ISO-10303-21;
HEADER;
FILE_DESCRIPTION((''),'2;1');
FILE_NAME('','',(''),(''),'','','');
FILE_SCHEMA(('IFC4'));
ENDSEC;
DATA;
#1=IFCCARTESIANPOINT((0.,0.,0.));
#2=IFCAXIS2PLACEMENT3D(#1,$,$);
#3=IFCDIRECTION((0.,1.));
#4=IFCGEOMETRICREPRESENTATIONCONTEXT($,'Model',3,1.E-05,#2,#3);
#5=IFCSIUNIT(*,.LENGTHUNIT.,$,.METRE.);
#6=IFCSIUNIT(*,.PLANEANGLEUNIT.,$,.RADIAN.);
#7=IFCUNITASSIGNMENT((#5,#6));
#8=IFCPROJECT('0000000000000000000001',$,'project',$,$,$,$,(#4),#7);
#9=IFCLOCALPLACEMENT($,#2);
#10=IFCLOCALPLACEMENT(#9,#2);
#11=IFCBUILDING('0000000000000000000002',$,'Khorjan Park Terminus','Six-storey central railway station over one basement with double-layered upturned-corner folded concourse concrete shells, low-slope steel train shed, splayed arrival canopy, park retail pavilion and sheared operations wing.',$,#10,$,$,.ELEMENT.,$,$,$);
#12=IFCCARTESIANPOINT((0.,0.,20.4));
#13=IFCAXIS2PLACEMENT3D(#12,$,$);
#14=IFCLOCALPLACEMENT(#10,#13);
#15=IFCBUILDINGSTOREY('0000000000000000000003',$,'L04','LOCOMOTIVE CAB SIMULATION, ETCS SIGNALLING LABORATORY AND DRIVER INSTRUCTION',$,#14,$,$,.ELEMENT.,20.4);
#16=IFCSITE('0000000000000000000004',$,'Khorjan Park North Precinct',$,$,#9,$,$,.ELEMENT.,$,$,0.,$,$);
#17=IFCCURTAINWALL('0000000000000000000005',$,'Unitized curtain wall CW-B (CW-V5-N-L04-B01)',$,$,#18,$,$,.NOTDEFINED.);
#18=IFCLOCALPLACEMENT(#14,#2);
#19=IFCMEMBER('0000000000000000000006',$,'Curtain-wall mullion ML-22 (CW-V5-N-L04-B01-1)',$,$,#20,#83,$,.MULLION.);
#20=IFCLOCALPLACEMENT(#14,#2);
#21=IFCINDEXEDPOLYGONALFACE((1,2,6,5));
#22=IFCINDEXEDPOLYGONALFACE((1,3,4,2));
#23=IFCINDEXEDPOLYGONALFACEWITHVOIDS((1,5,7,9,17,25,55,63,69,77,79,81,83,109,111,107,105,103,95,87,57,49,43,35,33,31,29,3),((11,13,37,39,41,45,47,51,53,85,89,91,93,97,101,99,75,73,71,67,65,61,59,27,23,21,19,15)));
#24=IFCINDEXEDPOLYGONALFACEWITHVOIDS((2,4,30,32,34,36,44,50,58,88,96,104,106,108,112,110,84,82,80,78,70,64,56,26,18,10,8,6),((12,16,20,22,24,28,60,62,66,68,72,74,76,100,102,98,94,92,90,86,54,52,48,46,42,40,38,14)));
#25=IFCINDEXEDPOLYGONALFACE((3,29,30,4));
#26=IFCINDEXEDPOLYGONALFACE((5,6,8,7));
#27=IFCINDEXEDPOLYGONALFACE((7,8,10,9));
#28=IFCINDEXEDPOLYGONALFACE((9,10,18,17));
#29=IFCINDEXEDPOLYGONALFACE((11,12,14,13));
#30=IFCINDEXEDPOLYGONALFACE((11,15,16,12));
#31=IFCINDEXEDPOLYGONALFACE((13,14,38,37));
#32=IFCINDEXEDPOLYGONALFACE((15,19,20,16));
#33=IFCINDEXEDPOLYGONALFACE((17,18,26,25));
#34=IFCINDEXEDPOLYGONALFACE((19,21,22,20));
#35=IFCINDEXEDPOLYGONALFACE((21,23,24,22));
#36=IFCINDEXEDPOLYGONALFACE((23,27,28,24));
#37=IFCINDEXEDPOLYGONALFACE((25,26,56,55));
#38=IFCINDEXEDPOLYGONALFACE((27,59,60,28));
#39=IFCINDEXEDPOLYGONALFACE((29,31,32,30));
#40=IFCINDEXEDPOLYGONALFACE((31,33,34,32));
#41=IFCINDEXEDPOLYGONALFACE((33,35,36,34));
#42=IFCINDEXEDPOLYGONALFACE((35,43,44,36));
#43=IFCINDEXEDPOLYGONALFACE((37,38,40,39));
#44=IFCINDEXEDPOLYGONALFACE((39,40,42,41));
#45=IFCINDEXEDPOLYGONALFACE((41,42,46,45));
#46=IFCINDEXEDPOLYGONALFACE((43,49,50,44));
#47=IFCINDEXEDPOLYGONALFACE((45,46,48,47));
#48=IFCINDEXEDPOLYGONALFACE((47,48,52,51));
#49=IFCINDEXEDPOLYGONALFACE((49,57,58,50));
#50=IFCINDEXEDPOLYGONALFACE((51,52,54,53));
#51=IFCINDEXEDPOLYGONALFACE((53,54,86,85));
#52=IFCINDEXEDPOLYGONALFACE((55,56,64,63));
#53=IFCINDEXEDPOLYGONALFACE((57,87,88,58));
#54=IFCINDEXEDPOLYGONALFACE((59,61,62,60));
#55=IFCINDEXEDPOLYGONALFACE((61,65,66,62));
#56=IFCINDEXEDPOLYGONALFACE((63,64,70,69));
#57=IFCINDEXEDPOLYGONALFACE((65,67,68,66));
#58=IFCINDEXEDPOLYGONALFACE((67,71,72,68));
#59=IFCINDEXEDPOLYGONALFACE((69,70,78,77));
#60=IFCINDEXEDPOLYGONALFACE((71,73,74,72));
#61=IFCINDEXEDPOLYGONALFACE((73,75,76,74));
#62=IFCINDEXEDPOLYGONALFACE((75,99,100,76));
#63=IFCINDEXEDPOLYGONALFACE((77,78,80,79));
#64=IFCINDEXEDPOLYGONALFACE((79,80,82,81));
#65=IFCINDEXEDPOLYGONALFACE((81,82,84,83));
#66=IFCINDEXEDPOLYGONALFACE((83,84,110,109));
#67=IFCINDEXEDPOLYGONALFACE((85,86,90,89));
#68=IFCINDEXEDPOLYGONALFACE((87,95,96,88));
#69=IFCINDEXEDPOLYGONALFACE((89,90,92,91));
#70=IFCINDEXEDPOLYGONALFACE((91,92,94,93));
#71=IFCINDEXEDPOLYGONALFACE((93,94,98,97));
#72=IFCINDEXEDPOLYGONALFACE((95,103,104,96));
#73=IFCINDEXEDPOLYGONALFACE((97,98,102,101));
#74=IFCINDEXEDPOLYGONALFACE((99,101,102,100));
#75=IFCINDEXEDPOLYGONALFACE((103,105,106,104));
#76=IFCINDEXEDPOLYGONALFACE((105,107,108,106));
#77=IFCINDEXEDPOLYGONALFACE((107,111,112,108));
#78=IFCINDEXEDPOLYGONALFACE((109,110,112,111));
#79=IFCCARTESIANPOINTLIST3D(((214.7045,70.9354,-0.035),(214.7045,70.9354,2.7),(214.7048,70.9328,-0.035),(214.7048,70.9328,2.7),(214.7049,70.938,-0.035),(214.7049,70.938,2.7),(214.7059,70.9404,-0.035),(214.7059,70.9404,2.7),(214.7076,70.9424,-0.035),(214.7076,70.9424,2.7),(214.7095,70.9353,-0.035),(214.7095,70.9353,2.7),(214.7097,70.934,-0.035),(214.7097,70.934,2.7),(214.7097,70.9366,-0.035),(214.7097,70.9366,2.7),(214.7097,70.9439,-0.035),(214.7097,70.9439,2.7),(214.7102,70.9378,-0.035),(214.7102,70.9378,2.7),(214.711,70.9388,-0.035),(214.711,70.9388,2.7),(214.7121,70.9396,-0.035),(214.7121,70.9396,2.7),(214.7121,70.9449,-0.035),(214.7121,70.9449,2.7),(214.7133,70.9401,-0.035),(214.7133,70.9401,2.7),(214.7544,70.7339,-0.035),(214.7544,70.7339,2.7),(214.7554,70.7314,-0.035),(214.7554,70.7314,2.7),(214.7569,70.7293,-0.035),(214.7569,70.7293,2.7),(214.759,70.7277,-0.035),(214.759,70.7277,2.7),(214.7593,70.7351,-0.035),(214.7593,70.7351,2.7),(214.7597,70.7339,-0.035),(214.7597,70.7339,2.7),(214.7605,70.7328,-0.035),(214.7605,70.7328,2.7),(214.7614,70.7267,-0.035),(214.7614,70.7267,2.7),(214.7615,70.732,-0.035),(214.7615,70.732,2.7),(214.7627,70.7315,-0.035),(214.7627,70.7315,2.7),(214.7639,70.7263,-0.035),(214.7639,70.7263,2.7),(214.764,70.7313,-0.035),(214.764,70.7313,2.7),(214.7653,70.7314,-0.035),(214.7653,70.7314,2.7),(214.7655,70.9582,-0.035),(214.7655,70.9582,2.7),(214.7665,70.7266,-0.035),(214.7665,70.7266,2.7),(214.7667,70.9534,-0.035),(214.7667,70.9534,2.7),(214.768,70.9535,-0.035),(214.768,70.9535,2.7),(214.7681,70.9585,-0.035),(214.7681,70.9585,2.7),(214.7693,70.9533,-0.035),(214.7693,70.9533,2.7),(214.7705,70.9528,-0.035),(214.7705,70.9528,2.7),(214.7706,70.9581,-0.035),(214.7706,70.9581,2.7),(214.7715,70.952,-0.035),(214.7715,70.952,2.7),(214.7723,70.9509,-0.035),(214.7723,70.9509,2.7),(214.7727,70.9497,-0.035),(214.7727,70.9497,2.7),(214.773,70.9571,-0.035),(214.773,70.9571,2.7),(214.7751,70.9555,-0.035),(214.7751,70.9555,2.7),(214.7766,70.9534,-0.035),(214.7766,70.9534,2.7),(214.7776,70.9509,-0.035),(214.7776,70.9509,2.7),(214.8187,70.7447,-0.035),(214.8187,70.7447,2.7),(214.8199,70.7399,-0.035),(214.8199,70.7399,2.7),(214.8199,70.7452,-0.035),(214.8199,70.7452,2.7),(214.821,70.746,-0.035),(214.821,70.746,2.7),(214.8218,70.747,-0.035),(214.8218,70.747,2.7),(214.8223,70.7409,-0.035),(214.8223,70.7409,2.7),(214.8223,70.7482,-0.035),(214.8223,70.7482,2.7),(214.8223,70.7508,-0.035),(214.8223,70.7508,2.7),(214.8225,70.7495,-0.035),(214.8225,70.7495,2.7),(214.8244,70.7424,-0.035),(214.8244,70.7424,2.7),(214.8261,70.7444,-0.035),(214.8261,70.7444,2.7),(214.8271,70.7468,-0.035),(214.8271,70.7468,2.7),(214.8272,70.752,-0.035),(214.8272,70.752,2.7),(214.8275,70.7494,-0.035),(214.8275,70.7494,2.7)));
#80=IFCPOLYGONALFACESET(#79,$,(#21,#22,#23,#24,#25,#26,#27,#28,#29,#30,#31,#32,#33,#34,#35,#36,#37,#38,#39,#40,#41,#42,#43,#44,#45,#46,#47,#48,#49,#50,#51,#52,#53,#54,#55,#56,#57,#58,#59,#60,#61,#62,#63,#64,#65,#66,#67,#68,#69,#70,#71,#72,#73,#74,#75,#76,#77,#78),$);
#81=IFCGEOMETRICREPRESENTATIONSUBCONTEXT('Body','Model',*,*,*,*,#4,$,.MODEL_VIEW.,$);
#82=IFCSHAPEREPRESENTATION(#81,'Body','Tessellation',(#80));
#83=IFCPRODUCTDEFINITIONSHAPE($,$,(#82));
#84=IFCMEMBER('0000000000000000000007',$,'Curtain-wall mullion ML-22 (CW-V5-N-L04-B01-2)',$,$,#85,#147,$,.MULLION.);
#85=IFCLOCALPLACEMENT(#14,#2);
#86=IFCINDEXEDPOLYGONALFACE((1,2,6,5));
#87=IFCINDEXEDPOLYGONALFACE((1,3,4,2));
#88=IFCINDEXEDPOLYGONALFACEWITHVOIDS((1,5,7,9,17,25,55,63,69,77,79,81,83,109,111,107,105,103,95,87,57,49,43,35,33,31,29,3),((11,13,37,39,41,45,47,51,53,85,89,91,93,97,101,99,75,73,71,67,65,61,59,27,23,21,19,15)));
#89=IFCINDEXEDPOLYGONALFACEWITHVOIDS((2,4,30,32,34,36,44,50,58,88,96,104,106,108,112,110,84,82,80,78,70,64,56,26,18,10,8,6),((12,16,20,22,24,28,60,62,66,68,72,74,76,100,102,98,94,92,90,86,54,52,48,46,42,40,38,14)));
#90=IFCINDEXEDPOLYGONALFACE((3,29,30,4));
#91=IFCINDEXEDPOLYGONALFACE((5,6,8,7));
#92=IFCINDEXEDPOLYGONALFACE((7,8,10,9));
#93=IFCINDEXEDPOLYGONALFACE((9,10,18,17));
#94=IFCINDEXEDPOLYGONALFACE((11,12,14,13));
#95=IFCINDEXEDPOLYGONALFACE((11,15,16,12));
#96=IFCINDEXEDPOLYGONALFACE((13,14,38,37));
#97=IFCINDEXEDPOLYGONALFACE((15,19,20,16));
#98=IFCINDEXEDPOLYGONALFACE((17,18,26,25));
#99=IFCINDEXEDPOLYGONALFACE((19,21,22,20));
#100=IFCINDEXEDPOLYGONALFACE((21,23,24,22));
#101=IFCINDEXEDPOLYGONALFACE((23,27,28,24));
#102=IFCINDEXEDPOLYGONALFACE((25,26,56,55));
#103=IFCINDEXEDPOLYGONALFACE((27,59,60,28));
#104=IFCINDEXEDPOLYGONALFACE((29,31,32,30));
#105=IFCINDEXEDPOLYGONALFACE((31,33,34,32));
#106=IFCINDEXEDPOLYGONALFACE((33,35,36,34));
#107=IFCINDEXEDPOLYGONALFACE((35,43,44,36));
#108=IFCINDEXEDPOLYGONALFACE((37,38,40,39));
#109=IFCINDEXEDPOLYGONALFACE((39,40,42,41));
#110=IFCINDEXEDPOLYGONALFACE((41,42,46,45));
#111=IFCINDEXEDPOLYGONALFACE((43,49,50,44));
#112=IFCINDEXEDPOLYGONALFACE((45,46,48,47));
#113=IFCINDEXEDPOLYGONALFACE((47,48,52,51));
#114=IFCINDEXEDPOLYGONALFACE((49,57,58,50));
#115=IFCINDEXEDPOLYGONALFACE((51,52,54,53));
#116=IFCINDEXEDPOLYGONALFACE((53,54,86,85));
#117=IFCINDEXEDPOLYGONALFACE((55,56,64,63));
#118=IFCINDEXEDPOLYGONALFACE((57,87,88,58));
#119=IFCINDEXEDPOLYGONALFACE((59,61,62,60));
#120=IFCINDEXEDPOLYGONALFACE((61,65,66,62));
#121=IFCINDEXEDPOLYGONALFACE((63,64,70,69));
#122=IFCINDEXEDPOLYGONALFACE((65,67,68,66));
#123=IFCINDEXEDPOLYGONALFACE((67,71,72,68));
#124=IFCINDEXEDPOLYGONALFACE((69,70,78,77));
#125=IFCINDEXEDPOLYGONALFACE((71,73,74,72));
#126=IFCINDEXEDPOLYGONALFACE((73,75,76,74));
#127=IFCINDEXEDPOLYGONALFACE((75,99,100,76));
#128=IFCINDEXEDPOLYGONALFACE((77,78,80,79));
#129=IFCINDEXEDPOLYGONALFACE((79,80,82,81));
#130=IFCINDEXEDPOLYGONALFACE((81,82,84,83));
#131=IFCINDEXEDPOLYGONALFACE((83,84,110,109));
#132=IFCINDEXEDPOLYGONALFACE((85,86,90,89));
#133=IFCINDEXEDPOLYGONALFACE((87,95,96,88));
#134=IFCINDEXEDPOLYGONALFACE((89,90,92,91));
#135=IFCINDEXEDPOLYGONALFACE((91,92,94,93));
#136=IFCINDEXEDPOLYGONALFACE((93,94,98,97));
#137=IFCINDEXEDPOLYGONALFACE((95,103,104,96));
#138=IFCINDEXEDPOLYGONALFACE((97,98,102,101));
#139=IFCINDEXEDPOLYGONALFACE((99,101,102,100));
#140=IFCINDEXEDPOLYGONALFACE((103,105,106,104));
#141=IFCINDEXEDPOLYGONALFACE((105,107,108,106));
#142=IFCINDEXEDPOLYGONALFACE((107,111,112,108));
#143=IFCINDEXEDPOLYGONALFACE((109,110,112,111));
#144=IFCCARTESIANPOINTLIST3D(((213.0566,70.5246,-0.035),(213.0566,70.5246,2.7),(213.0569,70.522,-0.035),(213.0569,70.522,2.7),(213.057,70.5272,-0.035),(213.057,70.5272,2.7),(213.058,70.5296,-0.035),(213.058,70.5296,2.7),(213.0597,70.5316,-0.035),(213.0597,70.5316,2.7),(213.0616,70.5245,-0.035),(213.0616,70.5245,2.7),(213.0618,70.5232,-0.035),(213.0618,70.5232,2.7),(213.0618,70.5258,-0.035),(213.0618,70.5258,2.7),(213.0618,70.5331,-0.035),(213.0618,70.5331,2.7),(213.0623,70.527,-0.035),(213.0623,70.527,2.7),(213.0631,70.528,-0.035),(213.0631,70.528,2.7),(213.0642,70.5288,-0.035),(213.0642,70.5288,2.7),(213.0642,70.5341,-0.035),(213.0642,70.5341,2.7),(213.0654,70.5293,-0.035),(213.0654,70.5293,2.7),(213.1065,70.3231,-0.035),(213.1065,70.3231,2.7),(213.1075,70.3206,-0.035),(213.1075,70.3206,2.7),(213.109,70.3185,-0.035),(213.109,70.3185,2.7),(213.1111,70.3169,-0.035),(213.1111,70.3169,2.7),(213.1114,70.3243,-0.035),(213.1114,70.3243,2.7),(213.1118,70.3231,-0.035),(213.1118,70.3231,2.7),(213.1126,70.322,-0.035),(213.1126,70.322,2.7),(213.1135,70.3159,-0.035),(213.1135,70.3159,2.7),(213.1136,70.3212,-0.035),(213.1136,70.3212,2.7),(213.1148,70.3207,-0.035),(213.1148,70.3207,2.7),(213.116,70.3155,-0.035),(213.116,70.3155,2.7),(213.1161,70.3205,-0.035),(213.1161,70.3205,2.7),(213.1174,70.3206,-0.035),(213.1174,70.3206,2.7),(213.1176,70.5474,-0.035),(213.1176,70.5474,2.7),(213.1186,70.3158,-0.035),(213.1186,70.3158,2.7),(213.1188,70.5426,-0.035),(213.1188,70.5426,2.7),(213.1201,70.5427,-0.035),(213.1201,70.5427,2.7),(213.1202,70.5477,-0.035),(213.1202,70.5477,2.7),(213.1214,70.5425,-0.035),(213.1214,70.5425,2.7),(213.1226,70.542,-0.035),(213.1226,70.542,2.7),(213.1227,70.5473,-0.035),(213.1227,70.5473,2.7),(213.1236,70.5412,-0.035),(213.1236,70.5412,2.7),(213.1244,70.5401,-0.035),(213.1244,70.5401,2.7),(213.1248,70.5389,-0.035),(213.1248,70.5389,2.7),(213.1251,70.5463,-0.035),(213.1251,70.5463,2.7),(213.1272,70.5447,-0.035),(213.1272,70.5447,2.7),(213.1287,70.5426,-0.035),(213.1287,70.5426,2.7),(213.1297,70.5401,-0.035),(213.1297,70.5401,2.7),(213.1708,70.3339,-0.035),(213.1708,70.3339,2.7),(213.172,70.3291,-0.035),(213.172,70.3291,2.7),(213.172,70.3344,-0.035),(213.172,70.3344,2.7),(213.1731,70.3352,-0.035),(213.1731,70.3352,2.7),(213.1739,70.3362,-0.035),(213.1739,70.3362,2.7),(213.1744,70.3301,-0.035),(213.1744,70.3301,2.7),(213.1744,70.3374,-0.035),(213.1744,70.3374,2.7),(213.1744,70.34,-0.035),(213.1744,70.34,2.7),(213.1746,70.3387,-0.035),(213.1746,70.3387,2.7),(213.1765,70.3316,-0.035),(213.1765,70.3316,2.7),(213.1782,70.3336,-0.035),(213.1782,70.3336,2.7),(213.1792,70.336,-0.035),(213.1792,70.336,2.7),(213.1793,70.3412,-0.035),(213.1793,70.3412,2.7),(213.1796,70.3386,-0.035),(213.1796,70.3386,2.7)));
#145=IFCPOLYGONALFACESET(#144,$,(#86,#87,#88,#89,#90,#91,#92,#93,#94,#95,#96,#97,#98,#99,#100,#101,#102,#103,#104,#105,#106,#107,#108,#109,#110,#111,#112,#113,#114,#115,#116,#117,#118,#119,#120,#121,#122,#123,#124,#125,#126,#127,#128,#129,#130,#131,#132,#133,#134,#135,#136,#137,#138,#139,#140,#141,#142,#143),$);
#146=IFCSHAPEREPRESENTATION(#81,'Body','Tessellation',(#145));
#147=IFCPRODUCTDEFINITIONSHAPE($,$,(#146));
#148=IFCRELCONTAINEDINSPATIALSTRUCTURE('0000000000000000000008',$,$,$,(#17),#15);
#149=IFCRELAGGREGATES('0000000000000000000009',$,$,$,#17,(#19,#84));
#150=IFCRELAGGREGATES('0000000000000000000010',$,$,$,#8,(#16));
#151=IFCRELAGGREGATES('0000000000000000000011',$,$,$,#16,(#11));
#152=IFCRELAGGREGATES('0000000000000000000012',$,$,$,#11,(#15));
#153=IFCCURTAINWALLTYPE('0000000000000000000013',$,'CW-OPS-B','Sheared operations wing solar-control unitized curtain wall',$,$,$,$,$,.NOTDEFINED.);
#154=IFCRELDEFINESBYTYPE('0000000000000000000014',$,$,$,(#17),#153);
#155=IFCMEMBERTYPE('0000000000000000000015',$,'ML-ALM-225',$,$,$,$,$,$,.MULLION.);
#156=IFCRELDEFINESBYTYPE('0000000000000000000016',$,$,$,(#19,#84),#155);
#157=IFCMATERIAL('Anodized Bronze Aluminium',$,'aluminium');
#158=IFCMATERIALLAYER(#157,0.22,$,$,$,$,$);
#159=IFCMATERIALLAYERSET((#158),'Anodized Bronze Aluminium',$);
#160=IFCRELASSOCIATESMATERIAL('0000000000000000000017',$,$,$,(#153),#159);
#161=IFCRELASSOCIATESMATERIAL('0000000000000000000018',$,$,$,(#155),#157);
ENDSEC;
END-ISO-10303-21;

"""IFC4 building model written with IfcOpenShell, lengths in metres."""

from ifc_helpers import new_model, si_unit, direction, frame, origin, origin_2d, place, context, subcontext, project, spatial, hollow_rectangle, extrude, material, layer, layer_set, material_profile, profile_set, type_object, element, aggregate, save


model = new_model("IFC4")

# Units and contexts
model_context = context("Model", 3, precision=1e-05, world=origin(), true_north=direction((0.0, 1.0)))
body_context = subcontext(model_context, "Body", "Model", "MODEL_VIEW")
ifc_project = project(units=[si_unit("LENGTHUNIT", "METRE"), si_unit("PLANEANGLEUNIT", "RADIAN")], contexts=[model_context])

# Site, building, storey
site_placement = place(None, origin())
site = spatial("IfcSite", under=ifc_project, at=site_placement, Name="Khorjan Park North Precinct", CompositionType="ELEMENT", RefElevation=0.0)
building_placement = place(site_placement, origin())
building = spatial("IfcBuilding", under=site, at=building_placement, Name="Khorjan Park Terminus", Description="Six-storey central railway station over one basement with double-layered upturned-corner folded concourse concrete shells, low-slope steel train shed, splayed arrival canopy, park retail pavilion and sheared operations wing.", CompositionType="ELEMENT")
storey_placement = place(building_placement, frame((0.0, 0.0, 20.4)))
storey = spatial("IfcBuildingStorey", under=building, at=storey_placement, Name="L04", Description="LOCOMOTIVE CAB SIMULATION, ETCS SIGNALLING LABORATORY AND DRIVER INSTRUCTION", CompositionType="ELEMENT", Elevation=20.4)

# Shared definitions
ifc_material_1 = material(Name="Anodized Bronze Aluminium", Category="aluminium")
ifc_layer_1 = layer(ifc_material_1, 0.22)
ifc_layer_set_1 = layer_set([ifc_layer_1], Name="Anodized Bronze Aluminium")
curtain_wall_type = type_object("IfcCurtainWallType", Name="CW-OPS-B", Description="Sheared operations wing solar-control unitized curtain wall", PredefinedType="NOTDEFINED", material=ifc_layer_set_1)
ifc_material_profile_1 = material_profile(ifc_material_1, hollow_rectangle(XDim=0.075, YDim=0.225, WallThickness=0.005, InnerFilletRadius=0.005, OuterFilletRadius=0.01, at=origin_2d()), Name="ALM 75x225x5")
ifc_profile_set_1 = profile_set([ifc_material_profile_1], Name="Anodized Bronze Aluminium")
member_type_1 = type_object("IfcMemberType", Name="ML-ALM-225", PredefinedType="MULLION", material=ifc_profile_set_1)

# Curtain wall, members
curtain_wall_1_placement = place(storey_placement, origin())
curtain_wall_1 = element("IfcCurtainWall", 1, at=curtain_wall_1_placement, inside=storey, type_object=curtain_wall_type, Name="Unitized curtain wall CW-B (CW-V5-N-L04-B01)", PredefinedType="NOTDEFINED")
member_1_placement = place(storey_placement, frame((214.766, 70.8424, -0.035), z_axis=(0.0, 0.0, 1.0), x_axis=(-0.970296, -0.241919, 0.0)))
member_1 = element("IfcMember", 2, at=member_1_placement, type_object=member_type_1, Name="Curtain-wall mullion ML-22 (CW-V5-N-L04-B01-1)", PredefinedType="MULLION", context=body_context, shape_type="SweptSolid", body=[
    extrude(hollow_rectangle(XDim=0.075, YDim=0.225, WallThickness=0.005, InnerFilletRadius=0.005, OuterFilletRadius=0.01, at=origin_2d()), origin(), (0.0, 0.0, 1.0), 2.735),
])
member_2_placement = place(storey_placement, frame((213.1181, 70.4316, -0.035), z_axis=(0.0, 0.0, 1.0), x_axis=(-0.970296, -0.241919, 0.0)))
member_2 = element("IfcMember", 3, at=member_2_placement, type_object=member_type_1, Name="Curtain-wall mullion ML-22 (CW-V5-N-L04-B01-2)", PredefinedType="MULLION", context=body_context, shape_type="SweptSolid", body=[
    extrude(hollow_rectangle(XDim=0.075, YDim=0.225, WallThickness=0.005, InnerFilletRadius=0.005, OuterFilletRadius=0.01, at=origin_2d()), origin(), (0.0, 0.0, 1.0), 2.735),
])

aggregate(curtain_wall_1, [member_1, member_2])

save(model, "model.ifc")
